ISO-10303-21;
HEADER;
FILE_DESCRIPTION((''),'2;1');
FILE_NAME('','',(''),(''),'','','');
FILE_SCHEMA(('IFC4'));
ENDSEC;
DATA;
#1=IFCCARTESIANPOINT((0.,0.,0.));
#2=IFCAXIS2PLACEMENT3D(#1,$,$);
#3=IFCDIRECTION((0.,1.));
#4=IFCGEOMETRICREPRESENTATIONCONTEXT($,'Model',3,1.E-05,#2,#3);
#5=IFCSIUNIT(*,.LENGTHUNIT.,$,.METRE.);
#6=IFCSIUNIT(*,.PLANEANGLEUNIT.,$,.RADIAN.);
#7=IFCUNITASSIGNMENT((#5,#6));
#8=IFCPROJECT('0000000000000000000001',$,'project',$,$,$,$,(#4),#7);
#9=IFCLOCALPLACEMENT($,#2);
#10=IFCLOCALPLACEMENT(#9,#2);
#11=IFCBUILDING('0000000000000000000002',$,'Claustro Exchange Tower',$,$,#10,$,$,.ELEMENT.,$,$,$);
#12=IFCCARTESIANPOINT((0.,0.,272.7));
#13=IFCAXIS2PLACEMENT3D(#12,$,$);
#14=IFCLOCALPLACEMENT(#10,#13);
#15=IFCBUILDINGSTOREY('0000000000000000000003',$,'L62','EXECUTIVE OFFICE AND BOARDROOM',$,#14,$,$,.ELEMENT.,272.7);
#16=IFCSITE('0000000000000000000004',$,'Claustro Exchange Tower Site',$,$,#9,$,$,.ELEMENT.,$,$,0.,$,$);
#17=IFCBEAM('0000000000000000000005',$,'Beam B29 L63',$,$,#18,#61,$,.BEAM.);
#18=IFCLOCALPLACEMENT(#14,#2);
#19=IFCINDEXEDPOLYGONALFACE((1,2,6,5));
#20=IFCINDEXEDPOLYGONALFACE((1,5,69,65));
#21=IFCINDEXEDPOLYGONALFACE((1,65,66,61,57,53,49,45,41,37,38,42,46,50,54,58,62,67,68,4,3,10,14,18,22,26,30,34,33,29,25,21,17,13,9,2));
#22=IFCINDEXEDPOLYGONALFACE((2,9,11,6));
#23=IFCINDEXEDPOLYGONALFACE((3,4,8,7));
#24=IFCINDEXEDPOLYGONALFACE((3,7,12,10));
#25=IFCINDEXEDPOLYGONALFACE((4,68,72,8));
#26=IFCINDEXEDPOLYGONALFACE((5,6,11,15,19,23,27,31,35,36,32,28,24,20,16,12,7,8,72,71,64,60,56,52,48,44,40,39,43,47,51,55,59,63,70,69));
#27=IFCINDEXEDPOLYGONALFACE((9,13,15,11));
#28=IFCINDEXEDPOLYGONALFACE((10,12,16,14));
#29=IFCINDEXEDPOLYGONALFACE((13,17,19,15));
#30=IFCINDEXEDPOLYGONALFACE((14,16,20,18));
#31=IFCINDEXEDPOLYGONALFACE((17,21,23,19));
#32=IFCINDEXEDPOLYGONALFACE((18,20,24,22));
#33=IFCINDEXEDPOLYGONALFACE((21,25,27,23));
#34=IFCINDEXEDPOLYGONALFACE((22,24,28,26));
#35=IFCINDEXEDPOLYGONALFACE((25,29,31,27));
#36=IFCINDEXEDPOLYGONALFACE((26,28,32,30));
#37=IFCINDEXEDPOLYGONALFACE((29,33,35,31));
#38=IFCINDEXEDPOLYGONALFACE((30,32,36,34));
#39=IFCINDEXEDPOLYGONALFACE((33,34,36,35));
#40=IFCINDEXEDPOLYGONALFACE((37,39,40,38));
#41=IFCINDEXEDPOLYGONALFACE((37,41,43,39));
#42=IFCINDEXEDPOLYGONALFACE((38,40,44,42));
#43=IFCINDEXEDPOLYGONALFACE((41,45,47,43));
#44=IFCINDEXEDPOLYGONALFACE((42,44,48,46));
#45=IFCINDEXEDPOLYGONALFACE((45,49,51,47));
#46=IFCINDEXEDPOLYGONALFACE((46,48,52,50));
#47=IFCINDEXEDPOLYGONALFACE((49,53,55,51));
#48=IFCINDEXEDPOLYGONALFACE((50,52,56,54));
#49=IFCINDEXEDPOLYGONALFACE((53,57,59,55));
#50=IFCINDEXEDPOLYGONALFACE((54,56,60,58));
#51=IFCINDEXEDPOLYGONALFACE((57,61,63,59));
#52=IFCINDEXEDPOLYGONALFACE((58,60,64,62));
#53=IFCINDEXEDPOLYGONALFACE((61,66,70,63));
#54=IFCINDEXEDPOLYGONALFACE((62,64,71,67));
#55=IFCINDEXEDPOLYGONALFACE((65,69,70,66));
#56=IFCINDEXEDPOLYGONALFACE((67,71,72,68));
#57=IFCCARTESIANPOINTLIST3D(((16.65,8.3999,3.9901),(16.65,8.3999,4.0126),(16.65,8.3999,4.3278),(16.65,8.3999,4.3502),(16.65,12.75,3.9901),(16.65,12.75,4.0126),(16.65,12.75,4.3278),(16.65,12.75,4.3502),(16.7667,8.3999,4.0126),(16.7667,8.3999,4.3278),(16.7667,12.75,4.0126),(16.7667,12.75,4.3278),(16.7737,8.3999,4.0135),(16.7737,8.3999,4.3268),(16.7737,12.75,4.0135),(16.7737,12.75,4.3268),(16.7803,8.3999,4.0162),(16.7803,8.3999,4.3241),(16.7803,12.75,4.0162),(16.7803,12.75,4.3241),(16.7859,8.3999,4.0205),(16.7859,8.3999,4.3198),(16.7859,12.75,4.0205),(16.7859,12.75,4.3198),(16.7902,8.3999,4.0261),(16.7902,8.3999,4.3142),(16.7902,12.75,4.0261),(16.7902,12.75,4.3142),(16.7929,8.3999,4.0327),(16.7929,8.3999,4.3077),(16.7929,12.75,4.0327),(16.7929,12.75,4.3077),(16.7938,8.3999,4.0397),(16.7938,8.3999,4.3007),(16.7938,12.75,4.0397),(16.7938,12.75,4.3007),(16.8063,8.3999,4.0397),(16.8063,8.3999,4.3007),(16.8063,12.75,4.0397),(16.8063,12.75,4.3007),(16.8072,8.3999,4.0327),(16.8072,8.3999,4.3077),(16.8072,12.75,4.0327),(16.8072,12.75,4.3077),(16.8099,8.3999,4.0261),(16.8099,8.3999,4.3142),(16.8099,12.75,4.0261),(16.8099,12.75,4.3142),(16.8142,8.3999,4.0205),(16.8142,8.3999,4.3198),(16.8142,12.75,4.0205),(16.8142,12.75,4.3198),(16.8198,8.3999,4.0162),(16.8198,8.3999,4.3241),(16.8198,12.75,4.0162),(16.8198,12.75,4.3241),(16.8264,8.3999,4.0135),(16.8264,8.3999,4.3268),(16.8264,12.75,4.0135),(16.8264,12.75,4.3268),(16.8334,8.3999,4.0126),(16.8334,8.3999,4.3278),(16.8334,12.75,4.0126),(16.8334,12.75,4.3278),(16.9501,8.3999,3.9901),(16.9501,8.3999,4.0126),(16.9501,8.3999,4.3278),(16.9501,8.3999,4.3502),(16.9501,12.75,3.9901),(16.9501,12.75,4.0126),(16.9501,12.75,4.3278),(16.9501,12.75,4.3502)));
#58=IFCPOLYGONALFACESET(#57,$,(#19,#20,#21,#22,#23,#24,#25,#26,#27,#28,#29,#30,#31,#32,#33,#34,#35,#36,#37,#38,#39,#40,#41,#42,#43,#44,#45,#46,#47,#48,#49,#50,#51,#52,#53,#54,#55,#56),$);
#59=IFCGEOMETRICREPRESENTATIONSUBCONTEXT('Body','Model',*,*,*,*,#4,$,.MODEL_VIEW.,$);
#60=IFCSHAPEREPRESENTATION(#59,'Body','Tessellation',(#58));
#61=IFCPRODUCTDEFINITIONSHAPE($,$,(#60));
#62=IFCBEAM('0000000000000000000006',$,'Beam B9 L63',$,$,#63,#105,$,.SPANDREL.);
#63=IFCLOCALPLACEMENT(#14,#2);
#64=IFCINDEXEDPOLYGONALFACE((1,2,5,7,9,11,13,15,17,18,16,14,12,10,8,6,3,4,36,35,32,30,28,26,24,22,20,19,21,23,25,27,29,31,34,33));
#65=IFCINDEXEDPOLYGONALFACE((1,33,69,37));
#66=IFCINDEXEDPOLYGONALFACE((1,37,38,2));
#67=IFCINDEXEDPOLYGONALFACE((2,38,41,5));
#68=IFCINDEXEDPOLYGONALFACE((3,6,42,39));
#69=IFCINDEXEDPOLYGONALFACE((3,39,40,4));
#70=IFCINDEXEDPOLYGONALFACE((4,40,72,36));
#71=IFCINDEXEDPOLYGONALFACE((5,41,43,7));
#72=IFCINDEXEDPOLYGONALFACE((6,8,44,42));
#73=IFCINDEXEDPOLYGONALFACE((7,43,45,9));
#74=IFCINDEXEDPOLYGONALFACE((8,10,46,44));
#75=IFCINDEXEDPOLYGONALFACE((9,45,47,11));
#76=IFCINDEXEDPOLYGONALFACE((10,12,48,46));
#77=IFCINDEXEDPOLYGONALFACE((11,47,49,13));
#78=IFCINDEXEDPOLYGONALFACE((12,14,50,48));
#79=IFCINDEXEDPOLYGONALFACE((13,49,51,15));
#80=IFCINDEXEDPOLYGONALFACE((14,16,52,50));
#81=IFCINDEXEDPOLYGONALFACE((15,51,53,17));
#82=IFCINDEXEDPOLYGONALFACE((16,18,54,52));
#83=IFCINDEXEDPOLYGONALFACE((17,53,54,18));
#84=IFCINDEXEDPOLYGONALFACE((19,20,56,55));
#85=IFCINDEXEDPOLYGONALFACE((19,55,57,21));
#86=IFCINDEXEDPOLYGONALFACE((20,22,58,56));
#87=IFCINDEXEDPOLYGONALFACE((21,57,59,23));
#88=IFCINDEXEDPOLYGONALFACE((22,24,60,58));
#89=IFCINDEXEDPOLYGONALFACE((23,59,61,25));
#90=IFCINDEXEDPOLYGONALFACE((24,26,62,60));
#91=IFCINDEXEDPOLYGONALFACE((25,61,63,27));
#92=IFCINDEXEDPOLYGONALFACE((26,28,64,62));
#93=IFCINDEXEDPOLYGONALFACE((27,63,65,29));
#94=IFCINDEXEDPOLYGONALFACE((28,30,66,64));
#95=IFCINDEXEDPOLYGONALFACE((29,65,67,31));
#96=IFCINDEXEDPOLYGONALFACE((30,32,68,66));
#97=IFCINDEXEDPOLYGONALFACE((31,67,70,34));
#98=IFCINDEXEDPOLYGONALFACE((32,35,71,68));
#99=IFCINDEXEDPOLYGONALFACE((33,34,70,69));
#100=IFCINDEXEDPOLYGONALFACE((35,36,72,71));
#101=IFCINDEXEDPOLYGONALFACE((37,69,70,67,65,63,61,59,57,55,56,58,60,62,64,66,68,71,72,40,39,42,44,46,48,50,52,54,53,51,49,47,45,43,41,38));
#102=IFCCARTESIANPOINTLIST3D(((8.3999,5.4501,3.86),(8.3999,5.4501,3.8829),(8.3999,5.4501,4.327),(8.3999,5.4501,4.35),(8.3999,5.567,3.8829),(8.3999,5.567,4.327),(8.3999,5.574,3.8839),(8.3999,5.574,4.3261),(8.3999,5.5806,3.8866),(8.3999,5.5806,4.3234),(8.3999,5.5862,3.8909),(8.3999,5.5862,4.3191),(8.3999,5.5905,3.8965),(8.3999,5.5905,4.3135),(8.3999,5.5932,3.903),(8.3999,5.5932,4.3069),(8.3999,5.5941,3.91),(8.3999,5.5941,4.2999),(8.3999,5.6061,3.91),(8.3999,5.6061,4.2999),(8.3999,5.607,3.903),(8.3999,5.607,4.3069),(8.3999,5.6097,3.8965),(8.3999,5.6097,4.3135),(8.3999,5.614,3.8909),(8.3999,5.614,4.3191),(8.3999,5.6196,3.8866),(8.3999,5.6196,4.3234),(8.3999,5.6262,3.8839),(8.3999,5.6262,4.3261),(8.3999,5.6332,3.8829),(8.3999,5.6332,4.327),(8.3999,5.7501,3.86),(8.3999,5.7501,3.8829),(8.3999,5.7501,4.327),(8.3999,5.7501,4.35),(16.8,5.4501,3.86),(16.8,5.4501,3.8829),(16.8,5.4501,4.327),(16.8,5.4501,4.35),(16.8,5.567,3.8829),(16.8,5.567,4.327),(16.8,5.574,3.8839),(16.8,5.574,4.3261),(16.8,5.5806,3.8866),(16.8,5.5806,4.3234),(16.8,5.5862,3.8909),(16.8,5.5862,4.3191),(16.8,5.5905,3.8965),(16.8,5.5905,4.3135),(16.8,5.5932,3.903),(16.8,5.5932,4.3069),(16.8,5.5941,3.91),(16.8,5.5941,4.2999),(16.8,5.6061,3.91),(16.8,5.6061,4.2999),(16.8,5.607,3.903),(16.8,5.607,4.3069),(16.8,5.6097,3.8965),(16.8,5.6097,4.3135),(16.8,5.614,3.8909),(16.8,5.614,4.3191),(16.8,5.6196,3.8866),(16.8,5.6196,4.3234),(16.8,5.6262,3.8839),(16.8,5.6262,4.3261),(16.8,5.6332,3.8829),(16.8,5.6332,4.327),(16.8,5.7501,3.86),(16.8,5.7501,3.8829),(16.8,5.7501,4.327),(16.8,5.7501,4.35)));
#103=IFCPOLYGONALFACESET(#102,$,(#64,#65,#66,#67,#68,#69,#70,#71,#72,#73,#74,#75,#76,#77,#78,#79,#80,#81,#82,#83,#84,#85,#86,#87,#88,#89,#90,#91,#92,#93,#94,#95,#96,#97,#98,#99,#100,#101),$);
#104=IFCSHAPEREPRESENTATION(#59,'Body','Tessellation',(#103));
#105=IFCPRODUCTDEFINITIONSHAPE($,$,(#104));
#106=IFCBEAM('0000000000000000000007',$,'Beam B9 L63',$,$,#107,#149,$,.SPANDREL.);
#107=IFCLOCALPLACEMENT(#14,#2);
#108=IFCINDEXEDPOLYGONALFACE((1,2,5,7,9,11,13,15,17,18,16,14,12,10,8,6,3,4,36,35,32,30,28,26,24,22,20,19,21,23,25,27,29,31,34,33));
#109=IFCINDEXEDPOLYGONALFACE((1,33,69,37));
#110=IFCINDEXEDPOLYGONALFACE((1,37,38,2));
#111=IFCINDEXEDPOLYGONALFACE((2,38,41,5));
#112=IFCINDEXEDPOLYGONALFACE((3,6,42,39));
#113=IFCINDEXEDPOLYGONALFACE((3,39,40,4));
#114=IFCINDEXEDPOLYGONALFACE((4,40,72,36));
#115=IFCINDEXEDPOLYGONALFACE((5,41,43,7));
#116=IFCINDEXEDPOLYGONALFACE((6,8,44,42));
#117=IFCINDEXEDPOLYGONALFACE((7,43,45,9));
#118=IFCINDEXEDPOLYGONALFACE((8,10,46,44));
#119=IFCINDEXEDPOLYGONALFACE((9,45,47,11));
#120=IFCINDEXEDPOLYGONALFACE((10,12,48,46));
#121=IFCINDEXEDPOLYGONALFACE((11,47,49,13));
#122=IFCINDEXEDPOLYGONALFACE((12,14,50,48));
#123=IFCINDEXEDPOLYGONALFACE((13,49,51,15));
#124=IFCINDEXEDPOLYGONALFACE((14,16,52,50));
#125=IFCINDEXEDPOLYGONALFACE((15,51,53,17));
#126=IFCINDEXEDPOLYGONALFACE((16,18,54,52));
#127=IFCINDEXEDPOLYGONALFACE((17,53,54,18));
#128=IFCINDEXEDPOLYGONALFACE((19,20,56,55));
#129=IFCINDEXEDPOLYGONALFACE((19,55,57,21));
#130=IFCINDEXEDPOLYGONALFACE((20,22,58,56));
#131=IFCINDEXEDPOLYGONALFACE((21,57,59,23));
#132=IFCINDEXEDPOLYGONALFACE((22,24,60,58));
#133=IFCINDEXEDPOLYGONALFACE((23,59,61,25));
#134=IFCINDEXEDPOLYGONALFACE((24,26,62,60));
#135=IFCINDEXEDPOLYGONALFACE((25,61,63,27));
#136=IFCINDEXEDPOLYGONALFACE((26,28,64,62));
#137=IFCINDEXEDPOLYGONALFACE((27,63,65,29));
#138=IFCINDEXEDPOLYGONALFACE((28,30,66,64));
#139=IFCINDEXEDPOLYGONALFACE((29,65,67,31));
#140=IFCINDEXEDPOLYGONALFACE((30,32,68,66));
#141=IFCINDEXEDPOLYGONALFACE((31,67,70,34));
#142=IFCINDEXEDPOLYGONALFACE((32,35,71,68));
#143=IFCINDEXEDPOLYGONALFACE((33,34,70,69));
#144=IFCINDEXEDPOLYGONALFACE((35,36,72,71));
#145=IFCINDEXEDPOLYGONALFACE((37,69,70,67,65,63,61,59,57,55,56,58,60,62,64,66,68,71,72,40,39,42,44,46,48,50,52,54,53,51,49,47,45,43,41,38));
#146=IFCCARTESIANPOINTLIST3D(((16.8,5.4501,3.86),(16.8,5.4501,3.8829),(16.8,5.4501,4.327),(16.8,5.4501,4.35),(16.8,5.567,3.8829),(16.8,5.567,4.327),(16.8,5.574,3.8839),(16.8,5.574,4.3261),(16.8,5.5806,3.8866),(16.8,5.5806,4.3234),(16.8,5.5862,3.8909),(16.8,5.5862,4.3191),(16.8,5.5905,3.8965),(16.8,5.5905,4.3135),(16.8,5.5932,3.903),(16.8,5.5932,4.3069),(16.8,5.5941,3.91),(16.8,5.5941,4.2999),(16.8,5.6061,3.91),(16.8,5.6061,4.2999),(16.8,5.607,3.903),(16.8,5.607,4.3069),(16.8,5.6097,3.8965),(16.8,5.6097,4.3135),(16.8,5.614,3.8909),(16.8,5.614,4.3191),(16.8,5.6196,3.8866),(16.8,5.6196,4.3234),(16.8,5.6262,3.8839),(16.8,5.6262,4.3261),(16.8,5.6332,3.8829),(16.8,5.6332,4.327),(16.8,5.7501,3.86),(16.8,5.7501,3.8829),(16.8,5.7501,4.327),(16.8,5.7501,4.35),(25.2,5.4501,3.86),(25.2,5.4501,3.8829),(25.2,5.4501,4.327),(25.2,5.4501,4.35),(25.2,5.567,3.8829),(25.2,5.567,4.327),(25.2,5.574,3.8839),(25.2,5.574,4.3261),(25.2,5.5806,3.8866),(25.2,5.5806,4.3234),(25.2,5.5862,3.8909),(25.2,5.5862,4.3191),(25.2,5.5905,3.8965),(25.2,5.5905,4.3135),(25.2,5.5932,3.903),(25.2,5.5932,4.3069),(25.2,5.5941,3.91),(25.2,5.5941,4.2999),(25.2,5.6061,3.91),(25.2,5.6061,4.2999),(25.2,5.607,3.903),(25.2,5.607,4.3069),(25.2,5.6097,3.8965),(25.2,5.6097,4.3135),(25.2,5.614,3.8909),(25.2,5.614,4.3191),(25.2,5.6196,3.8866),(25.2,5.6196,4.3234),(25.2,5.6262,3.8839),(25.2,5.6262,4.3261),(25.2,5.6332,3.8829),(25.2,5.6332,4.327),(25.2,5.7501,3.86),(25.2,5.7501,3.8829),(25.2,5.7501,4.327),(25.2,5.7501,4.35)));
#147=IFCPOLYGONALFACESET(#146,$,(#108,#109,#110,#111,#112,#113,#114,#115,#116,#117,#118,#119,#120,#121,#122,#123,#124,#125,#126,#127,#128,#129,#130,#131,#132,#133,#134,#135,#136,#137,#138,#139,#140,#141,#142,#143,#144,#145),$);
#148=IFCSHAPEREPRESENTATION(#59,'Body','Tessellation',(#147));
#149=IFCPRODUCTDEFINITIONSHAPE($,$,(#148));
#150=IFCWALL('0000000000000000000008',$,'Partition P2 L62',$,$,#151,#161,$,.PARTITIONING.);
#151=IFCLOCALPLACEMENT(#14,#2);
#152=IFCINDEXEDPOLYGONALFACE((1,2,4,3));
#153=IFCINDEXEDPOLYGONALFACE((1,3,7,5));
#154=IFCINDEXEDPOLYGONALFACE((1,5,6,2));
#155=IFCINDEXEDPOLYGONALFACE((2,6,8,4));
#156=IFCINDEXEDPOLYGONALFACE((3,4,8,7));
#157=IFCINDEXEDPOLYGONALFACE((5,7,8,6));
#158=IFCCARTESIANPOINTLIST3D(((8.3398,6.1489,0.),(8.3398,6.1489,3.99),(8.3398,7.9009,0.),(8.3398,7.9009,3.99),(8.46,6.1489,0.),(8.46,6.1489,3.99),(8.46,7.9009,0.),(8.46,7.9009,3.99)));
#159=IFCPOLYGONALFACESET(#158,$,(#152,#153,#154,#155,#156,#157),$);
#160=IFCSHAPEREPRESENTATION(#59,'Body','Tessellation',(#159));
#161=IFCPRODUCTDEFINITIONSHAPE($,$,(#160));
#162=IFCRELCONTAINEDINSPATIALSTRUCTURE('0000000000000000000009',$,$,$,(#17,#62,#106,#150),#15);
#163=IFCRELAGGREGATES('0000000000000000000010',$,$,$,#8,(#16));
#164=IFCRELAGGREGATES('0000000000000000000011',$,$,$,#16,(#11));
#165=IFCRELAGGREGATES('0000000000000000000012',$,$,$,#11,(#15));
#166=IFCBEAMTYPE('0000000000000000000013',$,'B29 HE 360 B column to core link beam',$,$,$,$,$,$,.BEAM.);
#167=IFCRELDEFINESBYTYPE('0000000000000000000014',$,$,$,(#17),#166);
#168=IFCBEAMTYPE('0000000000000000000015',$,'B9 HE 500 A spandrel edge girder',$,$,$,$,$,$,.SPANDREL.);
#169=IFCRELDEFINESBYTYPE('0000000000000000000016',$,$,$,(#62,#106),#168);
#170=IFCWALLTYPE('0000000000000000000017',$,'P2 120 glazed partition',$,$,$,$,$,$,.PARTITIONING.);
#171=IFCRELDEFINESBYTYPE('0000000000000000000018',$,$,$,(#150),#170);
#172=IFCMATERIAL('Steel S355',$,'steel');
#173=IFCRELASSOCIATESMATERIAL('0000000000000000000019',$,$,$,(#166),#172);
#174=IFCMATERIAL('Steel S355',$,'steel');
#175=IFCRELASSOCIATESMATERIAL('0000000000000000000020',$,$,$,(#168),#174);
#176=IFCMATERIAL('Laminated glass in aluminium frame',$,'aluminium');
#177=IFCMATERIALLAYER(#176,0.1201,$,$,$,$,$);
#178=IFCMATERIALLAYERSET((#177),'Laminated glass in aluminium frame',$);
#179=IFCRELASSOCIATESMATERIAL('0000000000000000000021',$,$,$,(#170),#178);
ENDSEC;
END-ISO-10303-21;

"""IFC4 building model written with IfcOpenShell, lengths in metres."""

from ifc_helpers import new_model, si_unit, direction, frame, frame_2d, origin, origin_2d, place, context, subcontext, project, spatial, rectangle, i_section, extrude, material, layer, layer_set, material_profile, profile_set, type_object, element, save


model = new_model("IFC4")

# Units and contexts
model_context = context("Model", 3, precision=1e-05, world=origin(), true_north=direction((0.0, 1.0)))
body_context = subcontext(model_context, "Body", "Model", "MODEL_VIEW")
ifc_project = project(units=[si_unit("LENGTHUNIT", "METRE"), si_unit("PLANEANGLEUNIT", "RADIAN")], contexts=[model_context])

# Site, building, storey
site_placement = place(None, origin())
site = spatial("IfcSite", under=ifc_project, at=site_placement, Name="Claustro Exchange Tower Site", CompositionType="ELEMENT", RefElevation=0.0)
building_placement = place(site_placement, origin())
building = spatial("IfcBuilding", under=site, at=building_placement, Name="Claustro Exchange Tower", CompositionType="ELEMENT")
storey_placement = place(building_placement, frame((0.0, 0.0, 272.7)))
storey = spatial("IfcBuildingStorey", under=building, at=storey_placement, Name="L62", Description="EXECUTIVE OFFICE AND BOARDROOM", CompositionType="ELEMENT", Elevation=272.7)

# Beams
ifc_material_1 = material(Name="Steel S355", Category="steel")
ifc_material_profile_1 = material_profile(ifc_material_1, i_section(OverallWidth=0.3, OverallDepth=0.3601, WebThickness=0.0125, FlangeThickness=0.0225, FilletRadius=0.0271, at=origin_2d()), Name="HE 360 B")
ifc_profile_set_1 = profile_set([ifc_material_profile_1], Name="Steel S355")
beam_type_1 = type_object("IfcBeamType", Name="B29 HE 360 B column to core link beam", PredefinedType="BEAM", material=ifc_profile_set_1)
for number, where, z_axis, x_axis, name in (
    (1, (16.8, 8.3999, 4.1702), (0.0, 1.0, 0.0), (-1.0, 0.0, 0.0), "Beam B29 L63"),
):
    element("IfcBeam", number, at=place(storey_placement, frame(where, z_axis=z_axis, x_axis=x_axis)), inside=storey, type_object=beam_type_1, Name=name, PredefinedType="BEAM", context=body_context, shape_type="SweptSolid", body=[
        extrude(i_section(OverallWidth=0.3, OverallDepth=0.3601, WebThickness=0.0125, FlangeThickness=0.0225, FilletRadius=0.0271, at=origin_2d()), origin(), (0.0, 0.0, 1.0), 4.3501),
    ])
ifc_material_2 = material(Name="Steel S355", Category="steel")
ifc_material_profile_2 = material_profile(ifc_material_2, i_section(OverallWidth=0.3, OverallDepth=0.49, WebThickness=0.012, FlangeThickness=0.0229, FilletRadius=0.0271, at=origin_2d()), Name="HE 500 A")
ifc_profile_set_2 = profile_set([ifc_material_profile_2], Name="Steel S355")
beam_type_2 = type_object("IfcBeamType", Name="B9 HE 500 A spandrel edge girder", PredefinedType="SPANDREL", material=ifc_profile_set_2)
beam_1_placement = place(storey_placement, frame((8.3999, 5.6001, 4.105), z_axis=(1.0, 0.0, 0.0), x_axis=(0.0, 1.0, 0.0)))
element("IfcBeam", 2, at=beam_1_placement, inside=storey, type_object=beam_type_2, Name="Beam B9 L63", PredefinedType="SPANDREL", context=body_context, shape_type="SweptSolid", body=[
    extrude(i_section(OverallWidth=0.3, OverallDepth=0.49, WebThickness=0.012, FlangeThickness=0.0229, FilletRadius=0.0271, at=origin_2d()), origin(), (0.0, 0.0, 1.0), 8.4001),
])
beam_2_placement = place(storey_placement, frame((16.8, 5.6001, 4.105), z_axis=(1.0, 0.0, 0.0), x_axis=(0.0, 1.0, 0.0)))
element("IfcBeam", 3, at=beam_2_placement, inside=storey, type_object=beam_type_2, Name="Beam B9 L63", PredefinedType="SPANDREL", context=body_context, shape_type="SweptSolid", body=[
    extrude(i_section(OverallWidth=0.3, OverallDepth=0.49, WebThickness=0.012, FlangeThickness=0.0229, FilletRadius=0.0271, at=origin_2d()), origin(), (0.0, 0.0, 1.0), 8.3999),
])

# Wall
ifc_material_3 = material(Name="Laminated glass in aluminium frame", Category="aluminium")
ifc_layer_1 = layer(ifc_material_3, 0.1201)
ifc_layer_set_1 = layer_set([ifc_layer_1], Name="Laminated glass in aluminium frame")
wall_type_1 = type_object("IfcWallType", Name="P2 120 glazed partition", PredefinedType="PARTITIONING", material=ifc_layer_set_1)
wall_1_placement = place(storey_placement, frame((8.3999, 6.1489, 0.0), z_axis=(0.0, 0.0, 1.0), x_axis=(0.0, 1.0, 0.0)))
element("IfcWall", 4, at=wall_1_placement, inside=storey, type_object=wall_type_1, Name="Partition P2 L62", PredefinedType="PARTITIONING", context=body_context, shape_type="SweptSolid", body=[
    extrude(rectangle(XDim=1.752, YDim=0.1201, at=frame_2d((0.876, 0.0))), origin(), (0.0, 0.0, 1.0), 3.99),
])

save(model, "model.ifc")
